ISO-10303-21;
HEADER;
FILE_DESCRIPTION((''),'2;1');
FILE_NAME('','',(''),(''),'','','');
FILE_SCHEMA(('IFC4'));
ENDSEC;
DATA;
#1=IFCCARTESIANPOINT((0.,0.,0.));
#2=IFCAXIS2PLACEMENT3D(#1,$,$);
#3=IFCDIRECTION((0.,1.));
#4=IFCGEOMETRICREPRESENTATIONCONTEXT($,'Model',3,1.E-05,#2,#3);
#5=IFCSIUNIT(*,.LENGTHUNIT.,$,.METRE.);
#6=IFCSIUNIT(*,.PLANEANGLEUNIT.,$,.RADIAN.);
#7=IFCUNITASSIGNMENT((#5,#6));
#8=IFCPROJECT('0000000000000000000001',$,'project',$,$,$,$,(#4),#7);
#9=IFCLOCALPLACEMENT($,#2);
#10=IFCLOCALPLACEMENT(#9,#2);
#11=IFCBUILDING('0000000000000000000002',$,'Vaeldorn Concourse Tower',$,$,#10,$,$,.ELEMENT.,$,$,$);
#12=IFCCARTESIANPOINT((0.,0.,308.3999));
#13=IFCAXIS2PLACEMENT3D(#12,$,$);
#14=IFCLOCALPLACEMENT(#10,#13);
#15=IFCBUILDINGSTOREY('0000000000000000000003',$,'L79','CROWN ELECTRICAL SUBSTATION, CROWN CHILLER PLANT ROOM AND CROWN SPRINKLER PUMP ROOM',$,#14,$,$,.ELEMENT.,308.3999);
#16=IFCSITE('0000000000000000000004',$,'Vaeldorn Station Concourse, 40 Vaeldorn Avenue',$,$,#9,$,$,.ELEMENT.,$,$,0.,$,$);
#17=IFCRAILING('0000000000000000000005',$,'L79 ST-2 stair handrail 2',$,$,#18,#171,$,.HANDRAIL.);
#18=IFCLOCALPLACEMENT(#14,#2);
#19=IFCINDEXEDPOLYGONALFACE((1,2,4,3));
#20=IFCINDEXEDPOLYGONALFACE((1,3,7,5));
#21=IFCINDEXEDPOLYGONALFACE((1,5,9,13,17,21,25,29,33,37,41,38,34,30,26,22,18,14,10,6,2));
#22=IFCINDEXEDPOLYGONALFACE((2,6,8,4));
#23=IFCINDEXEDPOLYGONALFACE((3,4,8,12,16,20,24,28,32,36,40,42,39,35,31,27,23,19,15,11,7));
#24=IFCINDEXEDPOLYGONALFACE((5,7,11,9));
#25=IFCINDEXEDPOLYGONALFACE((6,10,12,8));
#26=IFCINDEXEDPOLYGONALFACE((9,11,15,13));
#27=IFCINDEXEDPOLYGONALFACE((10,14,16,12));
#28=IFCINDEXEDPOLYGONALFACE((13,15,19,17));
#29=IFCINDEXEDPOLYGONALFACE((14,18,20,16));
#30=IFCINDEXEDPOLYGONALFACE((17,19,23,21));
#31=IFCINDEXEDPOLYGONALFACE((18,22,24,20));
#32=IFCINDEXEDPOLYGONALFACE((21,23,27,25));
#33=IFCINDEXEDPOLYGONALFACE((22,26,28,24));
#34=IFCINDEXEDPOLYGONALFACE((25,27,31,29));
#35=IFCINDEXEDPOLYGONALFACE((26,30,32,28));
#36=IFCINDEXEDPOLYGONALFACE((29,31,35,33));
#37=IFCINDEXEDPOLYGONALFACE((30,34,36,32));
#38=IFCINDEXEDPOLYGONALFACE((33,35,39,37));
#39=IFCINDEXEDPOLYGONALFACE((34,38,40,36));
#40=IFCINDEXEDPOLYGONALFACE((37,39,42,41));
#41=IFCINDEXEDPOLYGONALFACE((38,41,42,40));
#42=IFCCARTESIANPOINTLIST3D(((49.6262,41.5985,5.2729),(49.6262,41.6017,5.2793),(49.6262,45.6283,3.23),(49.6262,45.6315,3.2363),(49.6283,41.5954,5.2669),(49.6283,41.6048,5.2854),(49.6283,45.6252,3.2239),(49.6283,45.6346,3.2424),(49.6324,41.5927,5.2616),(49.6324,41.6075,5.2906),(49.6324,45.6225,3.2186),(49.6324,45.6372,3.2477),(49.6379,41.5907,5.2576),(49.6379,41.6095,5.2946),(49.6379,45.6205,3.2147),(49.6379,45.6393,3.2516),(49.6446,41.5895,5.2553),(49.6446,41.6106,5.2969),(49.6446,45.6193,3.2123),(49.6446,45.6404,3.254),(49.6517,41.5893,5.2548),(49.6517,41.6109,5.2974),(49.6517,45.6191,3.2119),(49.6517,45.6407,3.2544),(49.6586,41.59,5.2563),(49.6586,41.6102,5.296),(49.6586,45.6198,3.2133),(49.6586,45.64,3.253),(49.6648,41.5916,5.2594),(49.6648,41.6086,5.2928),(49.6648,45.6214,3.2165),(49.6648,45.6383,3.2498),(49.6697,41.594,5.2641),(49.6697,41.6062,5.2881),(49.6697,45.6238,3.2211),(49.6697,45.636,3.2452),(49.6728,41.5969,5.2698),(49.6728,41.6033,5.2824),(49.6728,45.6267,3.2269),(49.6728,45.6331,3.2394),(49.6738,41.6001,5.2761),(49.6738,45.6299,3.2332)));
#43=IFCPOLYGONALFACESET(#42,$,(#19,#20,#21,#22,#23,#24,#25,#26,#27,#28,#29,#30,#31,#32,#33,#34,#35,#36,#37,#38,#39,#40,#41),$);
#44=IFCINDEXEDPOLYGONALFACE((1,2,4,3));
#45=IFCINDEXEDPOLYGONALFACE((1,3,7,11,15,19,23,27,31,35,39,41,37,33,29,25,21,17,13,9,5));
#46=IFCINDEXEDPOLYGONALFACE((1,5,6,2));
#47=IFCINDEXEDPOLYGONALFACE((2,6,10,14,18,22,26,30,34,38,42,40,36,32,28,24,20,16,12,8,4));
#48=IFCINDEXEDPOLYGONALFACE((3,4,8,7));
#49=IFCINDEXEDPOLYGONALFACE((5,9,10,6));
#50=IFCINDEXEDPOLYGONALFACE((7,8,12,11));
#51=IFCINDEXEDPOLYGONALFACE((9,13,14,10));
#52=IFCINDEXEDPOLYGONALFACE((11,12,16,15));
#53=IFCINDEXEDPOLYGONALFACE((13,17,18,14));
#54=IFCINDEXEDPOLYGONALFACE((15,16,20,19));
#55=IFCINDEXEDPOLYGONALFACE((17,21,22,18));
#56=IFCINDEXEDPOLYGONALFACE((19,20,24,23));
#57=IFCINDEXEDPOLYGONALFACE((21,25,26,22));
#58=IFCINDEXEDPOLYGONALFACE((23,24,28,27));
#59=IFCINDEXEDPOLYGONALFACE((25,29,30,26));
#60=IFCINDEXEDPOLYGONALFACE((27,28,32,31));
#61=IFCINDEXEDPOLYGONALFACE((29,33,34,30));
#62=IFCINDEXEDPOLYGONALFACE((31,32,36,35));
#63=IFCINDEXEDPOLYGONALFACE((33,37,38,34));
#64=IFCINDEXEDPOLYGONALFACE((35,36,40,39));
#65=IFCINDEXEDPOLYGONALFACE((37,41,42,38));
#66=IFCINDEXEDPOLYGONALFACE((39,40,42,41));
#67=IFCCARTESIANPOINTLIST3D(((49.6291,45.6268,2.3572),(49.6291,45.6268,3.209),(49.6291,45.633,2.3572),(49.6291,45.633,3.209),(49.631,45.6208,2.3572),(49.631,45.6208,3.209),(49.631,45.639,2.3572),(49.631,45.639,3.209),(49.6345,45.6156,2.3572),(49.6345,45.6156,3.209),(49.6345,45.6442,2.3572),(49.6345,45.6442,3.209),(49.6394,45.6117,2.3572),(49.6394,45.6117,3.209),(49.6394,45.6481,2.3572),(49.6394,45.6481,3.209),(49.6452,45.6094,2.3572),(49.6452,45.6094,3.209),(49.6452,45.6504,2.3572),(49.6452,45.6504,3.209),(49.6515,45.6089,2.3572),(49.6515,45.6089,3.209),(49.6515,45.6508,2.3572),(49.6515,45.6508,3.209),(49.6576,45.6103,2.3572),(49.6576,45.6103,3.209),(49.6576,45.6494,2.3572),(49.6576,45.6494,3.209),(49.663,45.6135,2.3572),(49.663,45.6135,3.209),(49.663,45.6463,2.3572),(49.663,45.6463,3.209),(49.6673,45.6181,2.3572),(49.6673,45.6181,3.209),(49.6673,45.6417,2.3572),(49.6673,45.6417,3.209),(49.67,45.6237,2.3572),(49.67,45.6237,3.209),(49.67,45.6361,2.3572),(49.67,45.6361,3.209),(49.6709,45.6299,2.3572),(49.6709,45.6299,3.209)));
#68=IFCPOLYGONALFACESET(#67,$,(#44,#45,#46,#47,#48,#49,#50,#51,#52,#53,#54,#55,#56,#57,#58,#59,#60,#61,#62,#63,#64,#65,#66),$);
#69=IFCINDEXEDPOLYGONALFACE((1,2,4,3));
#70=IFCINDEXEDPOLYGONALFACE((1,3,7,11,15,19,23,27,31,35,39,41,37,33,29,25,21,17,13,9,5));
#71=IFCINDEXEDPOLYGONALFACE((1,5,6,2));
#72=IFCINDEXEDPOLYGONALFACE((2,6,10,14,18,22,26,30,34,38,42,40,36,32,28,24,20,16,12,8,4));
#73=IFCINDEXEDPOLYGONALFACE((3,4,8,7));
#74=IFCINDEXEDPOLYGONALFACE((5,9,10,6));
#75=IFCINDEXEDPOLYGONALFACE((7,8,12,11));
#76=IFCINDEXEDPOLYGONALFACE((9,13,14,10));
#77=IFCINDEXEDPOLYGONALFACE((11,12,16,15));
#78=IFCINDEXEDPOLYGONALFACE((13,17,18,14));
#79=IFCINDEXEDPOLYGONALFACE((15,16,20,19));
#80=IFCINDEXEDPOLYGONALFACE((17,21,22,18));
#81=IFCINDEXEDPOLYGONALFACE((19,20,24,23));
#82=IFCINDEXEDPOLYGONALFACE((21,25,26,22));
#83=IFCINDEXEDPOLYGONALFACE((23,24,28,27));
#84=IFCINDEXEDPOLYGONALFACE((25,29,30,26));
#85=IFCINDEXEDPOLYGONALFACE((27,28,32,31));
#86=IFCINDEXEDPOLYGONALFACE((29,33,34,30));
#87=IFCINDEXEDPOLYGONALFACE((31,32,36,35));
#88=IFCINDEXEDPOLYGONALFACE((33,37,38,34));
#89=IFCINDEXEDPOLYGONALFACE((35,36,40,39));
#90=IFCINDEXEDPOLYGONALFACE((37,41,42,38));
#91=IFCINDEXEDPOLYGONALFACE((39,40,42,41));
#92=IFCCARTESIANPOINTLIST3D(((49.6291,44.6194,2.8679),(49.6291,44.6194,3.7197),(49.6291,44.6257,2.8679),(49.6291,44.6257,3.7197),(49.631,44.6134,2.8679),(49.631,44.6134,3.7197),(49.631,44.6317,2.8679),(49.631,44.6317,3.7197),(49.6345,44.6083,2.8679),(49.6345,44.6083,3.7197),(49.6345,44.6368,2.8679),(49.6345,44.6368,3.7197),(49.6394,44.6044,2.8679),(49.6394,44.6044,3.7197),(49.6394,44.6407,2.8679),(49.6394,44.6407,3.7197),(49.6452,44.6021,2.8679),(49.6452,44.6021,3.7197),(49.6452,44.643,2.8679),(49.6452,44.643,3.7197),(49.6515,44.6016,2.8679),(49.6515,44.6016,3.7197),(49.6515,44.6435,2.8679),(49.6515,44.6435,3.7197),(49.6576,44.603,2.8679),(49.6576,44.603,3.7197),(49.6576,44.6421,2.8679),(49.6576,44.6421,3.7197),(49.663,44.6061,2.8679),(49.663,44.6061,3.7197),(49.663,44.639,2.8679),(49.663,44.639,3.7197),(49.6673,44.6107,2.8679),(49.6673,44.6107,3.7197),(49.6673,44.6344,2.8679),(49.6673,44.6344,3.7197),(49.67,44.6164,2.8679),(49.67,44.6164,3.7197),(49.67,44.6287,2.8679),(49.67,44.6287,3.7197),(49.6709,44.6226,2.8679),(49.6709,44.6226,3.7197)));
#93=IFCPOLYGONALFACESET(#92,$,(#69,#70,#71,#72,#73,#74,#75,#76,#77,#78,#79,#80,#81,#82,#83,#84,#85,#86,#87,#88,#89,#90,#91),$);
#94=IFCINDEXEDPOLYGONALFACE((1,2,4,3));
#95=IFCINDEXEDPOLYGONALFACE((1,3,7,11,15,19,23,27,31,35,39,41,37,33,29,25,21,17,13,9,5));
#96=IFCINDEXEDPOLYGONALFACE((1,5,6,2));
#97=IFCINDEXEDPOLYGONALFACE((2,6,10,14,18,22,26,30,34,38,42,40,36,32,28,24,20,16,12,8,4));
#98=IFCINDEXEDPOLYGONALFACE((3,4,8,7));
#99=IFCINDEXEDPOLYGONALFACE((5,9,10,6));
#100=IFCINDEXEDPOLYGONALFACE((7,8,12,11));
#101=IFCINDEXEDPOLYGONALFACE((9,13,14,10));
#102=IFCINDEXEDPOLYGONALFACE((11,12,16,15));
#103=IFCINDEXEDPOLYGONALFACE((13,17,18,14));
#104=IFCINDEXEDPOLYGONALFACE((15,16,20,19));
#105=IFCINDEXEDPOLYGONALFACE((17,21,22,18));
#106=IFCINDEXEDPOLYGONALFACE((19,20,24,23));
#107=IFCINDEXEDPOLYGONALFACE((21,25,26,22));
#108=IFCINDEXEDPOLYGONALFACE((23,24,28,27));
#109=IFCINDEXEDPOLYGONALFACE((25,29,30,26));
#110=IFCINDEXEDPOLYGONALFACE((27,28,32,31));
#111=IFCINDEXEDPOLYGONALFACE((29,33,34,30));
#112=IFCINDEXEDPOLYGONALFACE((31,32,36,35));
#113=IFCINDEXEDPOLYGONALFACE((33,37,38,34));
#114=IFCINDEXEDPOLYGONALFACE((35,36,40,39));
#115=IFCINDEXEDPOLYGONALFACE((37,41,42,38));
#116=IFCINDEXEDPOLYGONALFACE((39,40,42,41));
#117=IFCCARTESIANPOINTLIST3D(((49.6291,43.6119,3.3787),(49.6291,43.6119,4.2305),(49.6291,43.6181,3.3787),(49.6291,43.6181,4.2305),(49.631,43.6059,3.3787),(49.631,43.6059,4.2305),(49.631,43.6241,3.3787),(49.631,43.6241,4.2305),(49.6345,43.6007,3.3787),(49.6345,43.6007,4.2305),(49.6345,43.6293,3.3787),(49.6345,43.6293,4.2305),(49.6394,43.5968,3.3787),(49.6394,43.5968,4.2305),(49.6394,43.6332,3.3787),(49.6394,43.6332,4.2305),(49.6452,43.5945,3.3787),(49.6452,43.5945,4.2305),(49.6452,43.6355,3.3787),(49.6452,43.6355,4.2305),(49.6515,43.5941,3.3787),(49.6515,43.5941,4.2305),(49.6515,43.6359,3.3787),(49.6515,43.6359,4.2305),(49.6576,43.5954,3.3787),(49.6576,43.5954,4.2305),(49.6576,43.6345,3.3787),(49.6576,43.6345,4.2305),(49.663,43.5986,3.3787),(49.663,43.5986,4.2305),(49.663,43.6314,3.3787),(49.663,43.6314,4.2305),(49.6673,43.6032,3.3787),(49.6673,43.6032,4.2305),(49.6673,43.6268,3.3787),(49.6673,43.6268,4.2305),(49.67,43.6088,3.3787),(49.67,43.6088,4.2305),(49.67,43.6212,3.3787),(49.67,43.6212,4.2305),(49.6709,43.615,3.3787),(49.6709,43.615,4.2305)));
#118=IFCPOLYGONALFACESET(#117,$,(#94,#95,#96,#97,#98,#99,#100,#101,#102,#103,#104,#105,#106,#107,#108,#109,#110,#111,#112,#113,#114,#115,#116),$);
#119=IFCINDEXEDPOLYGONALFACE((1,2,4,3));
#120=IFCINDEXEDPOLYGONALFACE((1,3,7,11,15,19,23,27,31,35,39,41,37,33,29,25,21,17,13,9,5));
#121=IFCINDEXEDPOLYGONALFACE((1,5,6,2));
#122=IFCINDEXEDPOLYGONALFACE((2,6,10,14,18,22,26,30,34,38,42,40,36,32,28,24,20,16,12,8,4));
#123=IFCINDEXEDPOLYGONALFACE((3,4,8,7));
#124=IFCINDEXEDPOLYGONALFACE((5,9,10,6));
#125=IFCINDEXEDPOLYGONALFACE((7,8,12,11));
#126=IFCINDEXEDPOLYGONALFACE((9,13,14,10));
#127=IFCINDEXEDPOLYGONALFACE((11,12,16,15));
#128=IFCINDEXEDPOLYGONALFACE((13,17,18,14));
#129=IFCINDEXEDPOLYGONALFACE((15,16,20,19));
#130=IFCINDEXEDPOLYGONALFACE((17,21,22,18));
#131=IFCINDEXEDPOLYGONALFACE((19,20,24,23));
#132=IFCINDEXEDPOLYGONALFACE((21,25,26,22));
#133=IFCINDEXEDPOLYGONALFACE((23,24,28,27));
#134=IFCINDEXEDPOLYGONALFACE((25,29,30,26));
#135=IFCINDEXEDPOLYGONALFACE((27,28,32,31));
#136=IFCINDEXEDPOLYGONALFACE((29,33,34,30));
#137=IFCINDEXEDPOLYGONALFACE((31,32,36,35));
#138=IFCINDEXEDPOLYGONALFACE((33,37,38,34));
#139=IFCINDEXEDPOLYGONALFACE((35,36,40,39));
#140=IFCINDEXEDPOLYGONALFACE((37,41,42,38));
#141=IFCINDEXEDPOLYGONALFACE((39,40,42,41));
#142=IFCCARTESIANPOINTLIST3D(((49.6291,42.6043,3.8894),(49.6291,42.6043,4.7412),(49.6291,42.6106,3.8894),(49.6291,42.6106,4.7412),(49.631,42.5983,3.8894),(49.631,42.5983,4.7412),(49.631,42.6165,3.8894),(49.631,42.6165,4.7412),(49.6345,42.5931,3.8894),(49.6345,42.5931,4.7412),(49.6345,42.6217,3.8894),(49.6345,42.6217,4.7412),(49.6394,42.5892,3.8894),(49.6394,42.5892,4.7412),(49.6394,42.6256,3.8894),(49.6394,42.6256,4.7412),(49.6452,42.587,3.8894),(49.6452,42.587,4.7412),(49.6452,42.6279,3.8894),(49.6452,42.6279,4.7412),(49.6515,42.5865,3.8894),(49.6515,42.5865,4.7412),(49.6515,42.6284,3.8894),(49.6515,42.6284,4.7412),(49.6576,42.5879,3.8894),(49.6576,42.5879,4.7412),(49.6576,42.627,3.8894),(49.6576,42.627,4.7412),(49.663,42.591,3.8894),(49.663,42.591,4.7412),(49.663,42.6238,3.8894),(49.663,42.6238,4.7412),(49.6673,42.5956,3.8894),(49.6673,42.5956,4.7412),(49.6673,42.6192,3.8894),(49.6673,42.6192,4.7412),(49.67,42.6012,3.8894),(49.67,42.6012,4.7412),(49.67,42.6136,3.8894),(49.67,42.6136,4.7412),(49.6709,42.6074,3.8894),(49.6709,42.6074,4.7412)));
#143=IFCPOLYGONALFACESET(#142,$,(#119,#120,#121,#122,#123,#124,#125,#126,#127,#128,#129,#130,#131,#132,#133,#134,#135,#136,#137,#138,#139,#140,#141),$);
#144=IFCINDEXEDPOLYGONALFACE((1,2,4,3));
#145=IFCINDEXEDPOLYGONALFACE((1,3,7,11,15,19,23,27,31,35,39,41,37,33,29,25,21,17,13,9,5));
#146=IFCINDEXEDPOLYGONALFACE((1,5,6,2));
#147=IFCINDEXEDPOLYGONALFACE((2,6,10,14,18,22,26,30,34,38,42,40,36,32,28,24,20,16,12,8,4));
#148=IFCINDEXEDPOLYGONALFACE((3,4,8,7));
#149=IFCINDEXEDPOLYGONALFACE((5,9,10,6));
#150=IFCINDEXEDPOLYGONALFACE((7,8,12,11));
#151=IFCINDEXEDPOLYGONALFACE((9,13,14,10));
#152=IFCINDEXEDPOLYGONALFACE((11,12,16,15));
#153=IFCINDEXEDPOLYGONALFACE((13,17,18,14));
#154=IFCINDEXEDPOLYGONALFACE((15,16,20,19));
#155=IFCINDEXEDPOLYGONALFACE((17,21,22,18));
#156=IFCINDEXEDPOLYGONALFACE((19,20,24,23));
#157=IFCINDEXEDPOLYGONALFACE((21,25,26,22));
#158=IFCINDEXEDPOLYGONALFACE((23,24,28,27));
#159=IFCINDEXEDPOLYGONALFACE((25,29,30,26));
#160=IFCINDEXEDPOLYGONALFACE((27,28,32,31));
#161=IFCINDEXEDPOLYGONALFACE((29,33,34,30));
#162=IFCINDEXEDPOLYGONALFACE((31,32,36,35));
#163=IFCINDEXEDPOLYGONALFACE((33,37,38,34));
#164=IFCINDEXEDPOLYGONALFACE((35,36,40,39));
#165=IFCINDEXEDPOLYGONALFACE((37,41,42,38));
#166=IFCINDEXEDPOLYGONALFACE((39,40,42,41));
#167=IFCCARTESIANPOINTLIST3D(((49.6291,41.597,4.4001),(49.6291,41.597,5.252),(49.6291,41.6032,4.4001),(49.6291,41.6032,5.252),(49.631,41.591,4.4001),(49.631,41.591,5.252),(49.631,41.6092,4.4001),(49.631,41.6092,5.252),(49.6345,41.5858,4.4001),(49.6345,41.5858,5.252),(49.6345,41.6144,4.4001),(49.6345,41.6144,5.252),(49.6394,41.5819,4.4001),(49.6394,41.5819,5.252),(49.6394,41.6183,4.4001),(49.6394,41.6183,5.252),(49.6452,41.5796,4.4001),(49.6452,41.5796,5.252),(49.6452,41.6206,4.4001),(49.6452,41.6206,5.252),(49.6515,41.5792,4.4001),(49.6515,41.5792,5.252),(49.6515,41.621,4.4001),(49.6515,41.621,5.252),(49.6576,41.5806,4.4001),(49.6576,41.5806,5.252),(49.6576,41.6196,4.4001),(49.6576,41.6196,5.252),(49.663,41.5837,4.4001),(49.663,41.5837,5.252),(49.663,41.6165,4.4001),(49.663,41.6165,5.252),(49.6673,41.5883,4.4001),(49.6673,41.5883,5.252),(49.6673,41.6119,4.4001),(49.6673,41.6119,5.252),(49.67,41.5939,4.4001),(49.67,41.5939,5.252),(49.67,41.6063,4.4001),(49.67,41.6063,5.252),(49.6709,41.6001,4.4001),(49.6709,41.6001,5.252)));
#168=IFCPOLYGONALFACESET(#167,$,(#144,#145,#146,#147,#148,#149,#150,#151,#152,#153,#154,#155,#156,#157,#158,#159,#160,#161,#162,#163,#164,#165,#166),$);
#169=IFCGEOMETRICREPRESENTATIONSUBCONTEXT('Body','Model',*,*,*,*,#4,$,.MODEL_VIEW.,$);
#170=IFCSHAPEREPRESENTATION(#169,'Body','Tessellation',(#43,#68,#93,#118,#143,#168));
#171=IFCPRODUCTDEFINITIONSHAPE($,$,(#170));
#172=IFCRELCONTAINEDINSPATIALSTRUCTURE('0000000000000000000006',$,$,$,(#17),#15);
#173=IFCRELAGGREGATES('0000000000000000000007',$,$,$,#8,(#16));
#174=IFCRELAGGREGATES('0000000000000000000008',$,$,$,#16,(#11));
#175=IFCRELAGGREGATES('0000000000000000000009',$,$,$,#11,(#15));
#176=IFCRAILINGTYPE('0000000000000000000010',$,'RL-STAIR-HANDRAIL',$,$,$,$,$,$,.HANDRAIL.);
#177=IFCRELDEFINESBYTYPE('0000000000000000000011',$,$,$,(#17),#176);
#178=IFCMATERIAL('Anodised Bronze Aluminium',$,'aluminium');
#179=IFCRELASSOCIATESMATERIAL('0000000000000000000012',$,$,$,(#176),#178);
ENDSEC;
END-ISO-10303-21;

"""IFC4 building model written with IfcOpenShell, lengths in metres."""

from ifc_helpers import new_model, si_unit, direction, frame, origin, origin_2d, place, context, subcontext, project, spatial, circle, extrude, material, type_object, element, save


model = new_model("IFC4")

# Units and contexts
model_context = context("Model", 3, precision=1e-05, world=origin(), true_north=direction((0.0, 1.0)))
body_context = subcontext(model_context, "Body", "Model", "MODEL_VIEW")
ifc_project = project(units=[si_unit("LENGTHUNIT", "METRE"), si_unit("PLANEANGLEUNIT", "RADIAN")], contexts=[model_context])

# Site, building, storey
site_placement = place(None, origin())
site = spatial("IfcSite", under=ifc_project, at=site_placement, Name="Vaeldorn Station Concourse, 40 Vaeldorn Avenue", CompositionType="ELEMENT", RefElevation=0.0)
building_placement = place(site_placement, origin())
building = spatial("IfcBuilding", under=site, at=building_placement, Name="Vaeldorn Concourse Tower", CompositionType="ELEMENT")
storey_placement = place(building_placement, frame((0.0, 0.0, 308.3999)))
storey = spatial("IfcBuildingStorey", under=building, at=storey_placement, Name="L79", Description="CROWN ELECTRICAL SUBSTATION, CROWN CHILLER PLANT ROOM AND CROWN SPRINKLER PUMP ROOM", CompositionType="ELEMENT", Elevation=308.3999)

# Shared definitions
ifc_material_1 = material(Name="Anodised Bronze Aluminium", Category="aluminium")

# Railing
railing_type_1 = type_object("IfcRailingType", Name="RL-STAIR-HANDRAIL", PredefinedType="HANDRAIL", material=ifc_material_1)
railing_1_placement = place(storey_placement, frame((49.6499, 45.6299, 2.3572)))
element("IfcRailing", 1, at=railing_1_placement, inside=storey, type_object=railing_type_1, Name="L79 ST-2 stair handrail 2", PredefinedType="HANDRAIL", context=body_context, shape_type="SweptSolid", body=[
    extrude(circle(Radius=0.0239, at=origin_2d()), frame((0.0, 0.0, 0.876), z_axis=(0.0, -0.891928, 0.452178), x_axis=(1.0, 0.0, 0.0)), (0.0, 0.0, 1.0), 4.5181),
    extrude(circle(Radius=0.021, at=origin_2d()), origin(), (0.0, 0.0, 1.0), 0.8518),
    extrude(circle(Radius=0.021, at=origin_2d()), frame((0.0, -1.0073, 0.5107)), (0.0, 0.0, 1.0), 0.8518),
    extrude(circle(Radius=0.021, at=origin_2d()), frame((0.0, -2.0149, 1.0215)), (0.0, 0.0, 1.0), 0.8518),
    extrude(circle(Radius=0.021, at=origin_2d()), frame((0.0, -3.0225, 1.5322)), (0.0, 0.0, 1.0), 0.8518),
    extrude(circle(Radius=0.021, at=origin_2d()), frame((0.0, -4.0298, 2.043)), (0.0, 0.0, 1.0), 0.8518),
])

save(model, "model.ifc")
